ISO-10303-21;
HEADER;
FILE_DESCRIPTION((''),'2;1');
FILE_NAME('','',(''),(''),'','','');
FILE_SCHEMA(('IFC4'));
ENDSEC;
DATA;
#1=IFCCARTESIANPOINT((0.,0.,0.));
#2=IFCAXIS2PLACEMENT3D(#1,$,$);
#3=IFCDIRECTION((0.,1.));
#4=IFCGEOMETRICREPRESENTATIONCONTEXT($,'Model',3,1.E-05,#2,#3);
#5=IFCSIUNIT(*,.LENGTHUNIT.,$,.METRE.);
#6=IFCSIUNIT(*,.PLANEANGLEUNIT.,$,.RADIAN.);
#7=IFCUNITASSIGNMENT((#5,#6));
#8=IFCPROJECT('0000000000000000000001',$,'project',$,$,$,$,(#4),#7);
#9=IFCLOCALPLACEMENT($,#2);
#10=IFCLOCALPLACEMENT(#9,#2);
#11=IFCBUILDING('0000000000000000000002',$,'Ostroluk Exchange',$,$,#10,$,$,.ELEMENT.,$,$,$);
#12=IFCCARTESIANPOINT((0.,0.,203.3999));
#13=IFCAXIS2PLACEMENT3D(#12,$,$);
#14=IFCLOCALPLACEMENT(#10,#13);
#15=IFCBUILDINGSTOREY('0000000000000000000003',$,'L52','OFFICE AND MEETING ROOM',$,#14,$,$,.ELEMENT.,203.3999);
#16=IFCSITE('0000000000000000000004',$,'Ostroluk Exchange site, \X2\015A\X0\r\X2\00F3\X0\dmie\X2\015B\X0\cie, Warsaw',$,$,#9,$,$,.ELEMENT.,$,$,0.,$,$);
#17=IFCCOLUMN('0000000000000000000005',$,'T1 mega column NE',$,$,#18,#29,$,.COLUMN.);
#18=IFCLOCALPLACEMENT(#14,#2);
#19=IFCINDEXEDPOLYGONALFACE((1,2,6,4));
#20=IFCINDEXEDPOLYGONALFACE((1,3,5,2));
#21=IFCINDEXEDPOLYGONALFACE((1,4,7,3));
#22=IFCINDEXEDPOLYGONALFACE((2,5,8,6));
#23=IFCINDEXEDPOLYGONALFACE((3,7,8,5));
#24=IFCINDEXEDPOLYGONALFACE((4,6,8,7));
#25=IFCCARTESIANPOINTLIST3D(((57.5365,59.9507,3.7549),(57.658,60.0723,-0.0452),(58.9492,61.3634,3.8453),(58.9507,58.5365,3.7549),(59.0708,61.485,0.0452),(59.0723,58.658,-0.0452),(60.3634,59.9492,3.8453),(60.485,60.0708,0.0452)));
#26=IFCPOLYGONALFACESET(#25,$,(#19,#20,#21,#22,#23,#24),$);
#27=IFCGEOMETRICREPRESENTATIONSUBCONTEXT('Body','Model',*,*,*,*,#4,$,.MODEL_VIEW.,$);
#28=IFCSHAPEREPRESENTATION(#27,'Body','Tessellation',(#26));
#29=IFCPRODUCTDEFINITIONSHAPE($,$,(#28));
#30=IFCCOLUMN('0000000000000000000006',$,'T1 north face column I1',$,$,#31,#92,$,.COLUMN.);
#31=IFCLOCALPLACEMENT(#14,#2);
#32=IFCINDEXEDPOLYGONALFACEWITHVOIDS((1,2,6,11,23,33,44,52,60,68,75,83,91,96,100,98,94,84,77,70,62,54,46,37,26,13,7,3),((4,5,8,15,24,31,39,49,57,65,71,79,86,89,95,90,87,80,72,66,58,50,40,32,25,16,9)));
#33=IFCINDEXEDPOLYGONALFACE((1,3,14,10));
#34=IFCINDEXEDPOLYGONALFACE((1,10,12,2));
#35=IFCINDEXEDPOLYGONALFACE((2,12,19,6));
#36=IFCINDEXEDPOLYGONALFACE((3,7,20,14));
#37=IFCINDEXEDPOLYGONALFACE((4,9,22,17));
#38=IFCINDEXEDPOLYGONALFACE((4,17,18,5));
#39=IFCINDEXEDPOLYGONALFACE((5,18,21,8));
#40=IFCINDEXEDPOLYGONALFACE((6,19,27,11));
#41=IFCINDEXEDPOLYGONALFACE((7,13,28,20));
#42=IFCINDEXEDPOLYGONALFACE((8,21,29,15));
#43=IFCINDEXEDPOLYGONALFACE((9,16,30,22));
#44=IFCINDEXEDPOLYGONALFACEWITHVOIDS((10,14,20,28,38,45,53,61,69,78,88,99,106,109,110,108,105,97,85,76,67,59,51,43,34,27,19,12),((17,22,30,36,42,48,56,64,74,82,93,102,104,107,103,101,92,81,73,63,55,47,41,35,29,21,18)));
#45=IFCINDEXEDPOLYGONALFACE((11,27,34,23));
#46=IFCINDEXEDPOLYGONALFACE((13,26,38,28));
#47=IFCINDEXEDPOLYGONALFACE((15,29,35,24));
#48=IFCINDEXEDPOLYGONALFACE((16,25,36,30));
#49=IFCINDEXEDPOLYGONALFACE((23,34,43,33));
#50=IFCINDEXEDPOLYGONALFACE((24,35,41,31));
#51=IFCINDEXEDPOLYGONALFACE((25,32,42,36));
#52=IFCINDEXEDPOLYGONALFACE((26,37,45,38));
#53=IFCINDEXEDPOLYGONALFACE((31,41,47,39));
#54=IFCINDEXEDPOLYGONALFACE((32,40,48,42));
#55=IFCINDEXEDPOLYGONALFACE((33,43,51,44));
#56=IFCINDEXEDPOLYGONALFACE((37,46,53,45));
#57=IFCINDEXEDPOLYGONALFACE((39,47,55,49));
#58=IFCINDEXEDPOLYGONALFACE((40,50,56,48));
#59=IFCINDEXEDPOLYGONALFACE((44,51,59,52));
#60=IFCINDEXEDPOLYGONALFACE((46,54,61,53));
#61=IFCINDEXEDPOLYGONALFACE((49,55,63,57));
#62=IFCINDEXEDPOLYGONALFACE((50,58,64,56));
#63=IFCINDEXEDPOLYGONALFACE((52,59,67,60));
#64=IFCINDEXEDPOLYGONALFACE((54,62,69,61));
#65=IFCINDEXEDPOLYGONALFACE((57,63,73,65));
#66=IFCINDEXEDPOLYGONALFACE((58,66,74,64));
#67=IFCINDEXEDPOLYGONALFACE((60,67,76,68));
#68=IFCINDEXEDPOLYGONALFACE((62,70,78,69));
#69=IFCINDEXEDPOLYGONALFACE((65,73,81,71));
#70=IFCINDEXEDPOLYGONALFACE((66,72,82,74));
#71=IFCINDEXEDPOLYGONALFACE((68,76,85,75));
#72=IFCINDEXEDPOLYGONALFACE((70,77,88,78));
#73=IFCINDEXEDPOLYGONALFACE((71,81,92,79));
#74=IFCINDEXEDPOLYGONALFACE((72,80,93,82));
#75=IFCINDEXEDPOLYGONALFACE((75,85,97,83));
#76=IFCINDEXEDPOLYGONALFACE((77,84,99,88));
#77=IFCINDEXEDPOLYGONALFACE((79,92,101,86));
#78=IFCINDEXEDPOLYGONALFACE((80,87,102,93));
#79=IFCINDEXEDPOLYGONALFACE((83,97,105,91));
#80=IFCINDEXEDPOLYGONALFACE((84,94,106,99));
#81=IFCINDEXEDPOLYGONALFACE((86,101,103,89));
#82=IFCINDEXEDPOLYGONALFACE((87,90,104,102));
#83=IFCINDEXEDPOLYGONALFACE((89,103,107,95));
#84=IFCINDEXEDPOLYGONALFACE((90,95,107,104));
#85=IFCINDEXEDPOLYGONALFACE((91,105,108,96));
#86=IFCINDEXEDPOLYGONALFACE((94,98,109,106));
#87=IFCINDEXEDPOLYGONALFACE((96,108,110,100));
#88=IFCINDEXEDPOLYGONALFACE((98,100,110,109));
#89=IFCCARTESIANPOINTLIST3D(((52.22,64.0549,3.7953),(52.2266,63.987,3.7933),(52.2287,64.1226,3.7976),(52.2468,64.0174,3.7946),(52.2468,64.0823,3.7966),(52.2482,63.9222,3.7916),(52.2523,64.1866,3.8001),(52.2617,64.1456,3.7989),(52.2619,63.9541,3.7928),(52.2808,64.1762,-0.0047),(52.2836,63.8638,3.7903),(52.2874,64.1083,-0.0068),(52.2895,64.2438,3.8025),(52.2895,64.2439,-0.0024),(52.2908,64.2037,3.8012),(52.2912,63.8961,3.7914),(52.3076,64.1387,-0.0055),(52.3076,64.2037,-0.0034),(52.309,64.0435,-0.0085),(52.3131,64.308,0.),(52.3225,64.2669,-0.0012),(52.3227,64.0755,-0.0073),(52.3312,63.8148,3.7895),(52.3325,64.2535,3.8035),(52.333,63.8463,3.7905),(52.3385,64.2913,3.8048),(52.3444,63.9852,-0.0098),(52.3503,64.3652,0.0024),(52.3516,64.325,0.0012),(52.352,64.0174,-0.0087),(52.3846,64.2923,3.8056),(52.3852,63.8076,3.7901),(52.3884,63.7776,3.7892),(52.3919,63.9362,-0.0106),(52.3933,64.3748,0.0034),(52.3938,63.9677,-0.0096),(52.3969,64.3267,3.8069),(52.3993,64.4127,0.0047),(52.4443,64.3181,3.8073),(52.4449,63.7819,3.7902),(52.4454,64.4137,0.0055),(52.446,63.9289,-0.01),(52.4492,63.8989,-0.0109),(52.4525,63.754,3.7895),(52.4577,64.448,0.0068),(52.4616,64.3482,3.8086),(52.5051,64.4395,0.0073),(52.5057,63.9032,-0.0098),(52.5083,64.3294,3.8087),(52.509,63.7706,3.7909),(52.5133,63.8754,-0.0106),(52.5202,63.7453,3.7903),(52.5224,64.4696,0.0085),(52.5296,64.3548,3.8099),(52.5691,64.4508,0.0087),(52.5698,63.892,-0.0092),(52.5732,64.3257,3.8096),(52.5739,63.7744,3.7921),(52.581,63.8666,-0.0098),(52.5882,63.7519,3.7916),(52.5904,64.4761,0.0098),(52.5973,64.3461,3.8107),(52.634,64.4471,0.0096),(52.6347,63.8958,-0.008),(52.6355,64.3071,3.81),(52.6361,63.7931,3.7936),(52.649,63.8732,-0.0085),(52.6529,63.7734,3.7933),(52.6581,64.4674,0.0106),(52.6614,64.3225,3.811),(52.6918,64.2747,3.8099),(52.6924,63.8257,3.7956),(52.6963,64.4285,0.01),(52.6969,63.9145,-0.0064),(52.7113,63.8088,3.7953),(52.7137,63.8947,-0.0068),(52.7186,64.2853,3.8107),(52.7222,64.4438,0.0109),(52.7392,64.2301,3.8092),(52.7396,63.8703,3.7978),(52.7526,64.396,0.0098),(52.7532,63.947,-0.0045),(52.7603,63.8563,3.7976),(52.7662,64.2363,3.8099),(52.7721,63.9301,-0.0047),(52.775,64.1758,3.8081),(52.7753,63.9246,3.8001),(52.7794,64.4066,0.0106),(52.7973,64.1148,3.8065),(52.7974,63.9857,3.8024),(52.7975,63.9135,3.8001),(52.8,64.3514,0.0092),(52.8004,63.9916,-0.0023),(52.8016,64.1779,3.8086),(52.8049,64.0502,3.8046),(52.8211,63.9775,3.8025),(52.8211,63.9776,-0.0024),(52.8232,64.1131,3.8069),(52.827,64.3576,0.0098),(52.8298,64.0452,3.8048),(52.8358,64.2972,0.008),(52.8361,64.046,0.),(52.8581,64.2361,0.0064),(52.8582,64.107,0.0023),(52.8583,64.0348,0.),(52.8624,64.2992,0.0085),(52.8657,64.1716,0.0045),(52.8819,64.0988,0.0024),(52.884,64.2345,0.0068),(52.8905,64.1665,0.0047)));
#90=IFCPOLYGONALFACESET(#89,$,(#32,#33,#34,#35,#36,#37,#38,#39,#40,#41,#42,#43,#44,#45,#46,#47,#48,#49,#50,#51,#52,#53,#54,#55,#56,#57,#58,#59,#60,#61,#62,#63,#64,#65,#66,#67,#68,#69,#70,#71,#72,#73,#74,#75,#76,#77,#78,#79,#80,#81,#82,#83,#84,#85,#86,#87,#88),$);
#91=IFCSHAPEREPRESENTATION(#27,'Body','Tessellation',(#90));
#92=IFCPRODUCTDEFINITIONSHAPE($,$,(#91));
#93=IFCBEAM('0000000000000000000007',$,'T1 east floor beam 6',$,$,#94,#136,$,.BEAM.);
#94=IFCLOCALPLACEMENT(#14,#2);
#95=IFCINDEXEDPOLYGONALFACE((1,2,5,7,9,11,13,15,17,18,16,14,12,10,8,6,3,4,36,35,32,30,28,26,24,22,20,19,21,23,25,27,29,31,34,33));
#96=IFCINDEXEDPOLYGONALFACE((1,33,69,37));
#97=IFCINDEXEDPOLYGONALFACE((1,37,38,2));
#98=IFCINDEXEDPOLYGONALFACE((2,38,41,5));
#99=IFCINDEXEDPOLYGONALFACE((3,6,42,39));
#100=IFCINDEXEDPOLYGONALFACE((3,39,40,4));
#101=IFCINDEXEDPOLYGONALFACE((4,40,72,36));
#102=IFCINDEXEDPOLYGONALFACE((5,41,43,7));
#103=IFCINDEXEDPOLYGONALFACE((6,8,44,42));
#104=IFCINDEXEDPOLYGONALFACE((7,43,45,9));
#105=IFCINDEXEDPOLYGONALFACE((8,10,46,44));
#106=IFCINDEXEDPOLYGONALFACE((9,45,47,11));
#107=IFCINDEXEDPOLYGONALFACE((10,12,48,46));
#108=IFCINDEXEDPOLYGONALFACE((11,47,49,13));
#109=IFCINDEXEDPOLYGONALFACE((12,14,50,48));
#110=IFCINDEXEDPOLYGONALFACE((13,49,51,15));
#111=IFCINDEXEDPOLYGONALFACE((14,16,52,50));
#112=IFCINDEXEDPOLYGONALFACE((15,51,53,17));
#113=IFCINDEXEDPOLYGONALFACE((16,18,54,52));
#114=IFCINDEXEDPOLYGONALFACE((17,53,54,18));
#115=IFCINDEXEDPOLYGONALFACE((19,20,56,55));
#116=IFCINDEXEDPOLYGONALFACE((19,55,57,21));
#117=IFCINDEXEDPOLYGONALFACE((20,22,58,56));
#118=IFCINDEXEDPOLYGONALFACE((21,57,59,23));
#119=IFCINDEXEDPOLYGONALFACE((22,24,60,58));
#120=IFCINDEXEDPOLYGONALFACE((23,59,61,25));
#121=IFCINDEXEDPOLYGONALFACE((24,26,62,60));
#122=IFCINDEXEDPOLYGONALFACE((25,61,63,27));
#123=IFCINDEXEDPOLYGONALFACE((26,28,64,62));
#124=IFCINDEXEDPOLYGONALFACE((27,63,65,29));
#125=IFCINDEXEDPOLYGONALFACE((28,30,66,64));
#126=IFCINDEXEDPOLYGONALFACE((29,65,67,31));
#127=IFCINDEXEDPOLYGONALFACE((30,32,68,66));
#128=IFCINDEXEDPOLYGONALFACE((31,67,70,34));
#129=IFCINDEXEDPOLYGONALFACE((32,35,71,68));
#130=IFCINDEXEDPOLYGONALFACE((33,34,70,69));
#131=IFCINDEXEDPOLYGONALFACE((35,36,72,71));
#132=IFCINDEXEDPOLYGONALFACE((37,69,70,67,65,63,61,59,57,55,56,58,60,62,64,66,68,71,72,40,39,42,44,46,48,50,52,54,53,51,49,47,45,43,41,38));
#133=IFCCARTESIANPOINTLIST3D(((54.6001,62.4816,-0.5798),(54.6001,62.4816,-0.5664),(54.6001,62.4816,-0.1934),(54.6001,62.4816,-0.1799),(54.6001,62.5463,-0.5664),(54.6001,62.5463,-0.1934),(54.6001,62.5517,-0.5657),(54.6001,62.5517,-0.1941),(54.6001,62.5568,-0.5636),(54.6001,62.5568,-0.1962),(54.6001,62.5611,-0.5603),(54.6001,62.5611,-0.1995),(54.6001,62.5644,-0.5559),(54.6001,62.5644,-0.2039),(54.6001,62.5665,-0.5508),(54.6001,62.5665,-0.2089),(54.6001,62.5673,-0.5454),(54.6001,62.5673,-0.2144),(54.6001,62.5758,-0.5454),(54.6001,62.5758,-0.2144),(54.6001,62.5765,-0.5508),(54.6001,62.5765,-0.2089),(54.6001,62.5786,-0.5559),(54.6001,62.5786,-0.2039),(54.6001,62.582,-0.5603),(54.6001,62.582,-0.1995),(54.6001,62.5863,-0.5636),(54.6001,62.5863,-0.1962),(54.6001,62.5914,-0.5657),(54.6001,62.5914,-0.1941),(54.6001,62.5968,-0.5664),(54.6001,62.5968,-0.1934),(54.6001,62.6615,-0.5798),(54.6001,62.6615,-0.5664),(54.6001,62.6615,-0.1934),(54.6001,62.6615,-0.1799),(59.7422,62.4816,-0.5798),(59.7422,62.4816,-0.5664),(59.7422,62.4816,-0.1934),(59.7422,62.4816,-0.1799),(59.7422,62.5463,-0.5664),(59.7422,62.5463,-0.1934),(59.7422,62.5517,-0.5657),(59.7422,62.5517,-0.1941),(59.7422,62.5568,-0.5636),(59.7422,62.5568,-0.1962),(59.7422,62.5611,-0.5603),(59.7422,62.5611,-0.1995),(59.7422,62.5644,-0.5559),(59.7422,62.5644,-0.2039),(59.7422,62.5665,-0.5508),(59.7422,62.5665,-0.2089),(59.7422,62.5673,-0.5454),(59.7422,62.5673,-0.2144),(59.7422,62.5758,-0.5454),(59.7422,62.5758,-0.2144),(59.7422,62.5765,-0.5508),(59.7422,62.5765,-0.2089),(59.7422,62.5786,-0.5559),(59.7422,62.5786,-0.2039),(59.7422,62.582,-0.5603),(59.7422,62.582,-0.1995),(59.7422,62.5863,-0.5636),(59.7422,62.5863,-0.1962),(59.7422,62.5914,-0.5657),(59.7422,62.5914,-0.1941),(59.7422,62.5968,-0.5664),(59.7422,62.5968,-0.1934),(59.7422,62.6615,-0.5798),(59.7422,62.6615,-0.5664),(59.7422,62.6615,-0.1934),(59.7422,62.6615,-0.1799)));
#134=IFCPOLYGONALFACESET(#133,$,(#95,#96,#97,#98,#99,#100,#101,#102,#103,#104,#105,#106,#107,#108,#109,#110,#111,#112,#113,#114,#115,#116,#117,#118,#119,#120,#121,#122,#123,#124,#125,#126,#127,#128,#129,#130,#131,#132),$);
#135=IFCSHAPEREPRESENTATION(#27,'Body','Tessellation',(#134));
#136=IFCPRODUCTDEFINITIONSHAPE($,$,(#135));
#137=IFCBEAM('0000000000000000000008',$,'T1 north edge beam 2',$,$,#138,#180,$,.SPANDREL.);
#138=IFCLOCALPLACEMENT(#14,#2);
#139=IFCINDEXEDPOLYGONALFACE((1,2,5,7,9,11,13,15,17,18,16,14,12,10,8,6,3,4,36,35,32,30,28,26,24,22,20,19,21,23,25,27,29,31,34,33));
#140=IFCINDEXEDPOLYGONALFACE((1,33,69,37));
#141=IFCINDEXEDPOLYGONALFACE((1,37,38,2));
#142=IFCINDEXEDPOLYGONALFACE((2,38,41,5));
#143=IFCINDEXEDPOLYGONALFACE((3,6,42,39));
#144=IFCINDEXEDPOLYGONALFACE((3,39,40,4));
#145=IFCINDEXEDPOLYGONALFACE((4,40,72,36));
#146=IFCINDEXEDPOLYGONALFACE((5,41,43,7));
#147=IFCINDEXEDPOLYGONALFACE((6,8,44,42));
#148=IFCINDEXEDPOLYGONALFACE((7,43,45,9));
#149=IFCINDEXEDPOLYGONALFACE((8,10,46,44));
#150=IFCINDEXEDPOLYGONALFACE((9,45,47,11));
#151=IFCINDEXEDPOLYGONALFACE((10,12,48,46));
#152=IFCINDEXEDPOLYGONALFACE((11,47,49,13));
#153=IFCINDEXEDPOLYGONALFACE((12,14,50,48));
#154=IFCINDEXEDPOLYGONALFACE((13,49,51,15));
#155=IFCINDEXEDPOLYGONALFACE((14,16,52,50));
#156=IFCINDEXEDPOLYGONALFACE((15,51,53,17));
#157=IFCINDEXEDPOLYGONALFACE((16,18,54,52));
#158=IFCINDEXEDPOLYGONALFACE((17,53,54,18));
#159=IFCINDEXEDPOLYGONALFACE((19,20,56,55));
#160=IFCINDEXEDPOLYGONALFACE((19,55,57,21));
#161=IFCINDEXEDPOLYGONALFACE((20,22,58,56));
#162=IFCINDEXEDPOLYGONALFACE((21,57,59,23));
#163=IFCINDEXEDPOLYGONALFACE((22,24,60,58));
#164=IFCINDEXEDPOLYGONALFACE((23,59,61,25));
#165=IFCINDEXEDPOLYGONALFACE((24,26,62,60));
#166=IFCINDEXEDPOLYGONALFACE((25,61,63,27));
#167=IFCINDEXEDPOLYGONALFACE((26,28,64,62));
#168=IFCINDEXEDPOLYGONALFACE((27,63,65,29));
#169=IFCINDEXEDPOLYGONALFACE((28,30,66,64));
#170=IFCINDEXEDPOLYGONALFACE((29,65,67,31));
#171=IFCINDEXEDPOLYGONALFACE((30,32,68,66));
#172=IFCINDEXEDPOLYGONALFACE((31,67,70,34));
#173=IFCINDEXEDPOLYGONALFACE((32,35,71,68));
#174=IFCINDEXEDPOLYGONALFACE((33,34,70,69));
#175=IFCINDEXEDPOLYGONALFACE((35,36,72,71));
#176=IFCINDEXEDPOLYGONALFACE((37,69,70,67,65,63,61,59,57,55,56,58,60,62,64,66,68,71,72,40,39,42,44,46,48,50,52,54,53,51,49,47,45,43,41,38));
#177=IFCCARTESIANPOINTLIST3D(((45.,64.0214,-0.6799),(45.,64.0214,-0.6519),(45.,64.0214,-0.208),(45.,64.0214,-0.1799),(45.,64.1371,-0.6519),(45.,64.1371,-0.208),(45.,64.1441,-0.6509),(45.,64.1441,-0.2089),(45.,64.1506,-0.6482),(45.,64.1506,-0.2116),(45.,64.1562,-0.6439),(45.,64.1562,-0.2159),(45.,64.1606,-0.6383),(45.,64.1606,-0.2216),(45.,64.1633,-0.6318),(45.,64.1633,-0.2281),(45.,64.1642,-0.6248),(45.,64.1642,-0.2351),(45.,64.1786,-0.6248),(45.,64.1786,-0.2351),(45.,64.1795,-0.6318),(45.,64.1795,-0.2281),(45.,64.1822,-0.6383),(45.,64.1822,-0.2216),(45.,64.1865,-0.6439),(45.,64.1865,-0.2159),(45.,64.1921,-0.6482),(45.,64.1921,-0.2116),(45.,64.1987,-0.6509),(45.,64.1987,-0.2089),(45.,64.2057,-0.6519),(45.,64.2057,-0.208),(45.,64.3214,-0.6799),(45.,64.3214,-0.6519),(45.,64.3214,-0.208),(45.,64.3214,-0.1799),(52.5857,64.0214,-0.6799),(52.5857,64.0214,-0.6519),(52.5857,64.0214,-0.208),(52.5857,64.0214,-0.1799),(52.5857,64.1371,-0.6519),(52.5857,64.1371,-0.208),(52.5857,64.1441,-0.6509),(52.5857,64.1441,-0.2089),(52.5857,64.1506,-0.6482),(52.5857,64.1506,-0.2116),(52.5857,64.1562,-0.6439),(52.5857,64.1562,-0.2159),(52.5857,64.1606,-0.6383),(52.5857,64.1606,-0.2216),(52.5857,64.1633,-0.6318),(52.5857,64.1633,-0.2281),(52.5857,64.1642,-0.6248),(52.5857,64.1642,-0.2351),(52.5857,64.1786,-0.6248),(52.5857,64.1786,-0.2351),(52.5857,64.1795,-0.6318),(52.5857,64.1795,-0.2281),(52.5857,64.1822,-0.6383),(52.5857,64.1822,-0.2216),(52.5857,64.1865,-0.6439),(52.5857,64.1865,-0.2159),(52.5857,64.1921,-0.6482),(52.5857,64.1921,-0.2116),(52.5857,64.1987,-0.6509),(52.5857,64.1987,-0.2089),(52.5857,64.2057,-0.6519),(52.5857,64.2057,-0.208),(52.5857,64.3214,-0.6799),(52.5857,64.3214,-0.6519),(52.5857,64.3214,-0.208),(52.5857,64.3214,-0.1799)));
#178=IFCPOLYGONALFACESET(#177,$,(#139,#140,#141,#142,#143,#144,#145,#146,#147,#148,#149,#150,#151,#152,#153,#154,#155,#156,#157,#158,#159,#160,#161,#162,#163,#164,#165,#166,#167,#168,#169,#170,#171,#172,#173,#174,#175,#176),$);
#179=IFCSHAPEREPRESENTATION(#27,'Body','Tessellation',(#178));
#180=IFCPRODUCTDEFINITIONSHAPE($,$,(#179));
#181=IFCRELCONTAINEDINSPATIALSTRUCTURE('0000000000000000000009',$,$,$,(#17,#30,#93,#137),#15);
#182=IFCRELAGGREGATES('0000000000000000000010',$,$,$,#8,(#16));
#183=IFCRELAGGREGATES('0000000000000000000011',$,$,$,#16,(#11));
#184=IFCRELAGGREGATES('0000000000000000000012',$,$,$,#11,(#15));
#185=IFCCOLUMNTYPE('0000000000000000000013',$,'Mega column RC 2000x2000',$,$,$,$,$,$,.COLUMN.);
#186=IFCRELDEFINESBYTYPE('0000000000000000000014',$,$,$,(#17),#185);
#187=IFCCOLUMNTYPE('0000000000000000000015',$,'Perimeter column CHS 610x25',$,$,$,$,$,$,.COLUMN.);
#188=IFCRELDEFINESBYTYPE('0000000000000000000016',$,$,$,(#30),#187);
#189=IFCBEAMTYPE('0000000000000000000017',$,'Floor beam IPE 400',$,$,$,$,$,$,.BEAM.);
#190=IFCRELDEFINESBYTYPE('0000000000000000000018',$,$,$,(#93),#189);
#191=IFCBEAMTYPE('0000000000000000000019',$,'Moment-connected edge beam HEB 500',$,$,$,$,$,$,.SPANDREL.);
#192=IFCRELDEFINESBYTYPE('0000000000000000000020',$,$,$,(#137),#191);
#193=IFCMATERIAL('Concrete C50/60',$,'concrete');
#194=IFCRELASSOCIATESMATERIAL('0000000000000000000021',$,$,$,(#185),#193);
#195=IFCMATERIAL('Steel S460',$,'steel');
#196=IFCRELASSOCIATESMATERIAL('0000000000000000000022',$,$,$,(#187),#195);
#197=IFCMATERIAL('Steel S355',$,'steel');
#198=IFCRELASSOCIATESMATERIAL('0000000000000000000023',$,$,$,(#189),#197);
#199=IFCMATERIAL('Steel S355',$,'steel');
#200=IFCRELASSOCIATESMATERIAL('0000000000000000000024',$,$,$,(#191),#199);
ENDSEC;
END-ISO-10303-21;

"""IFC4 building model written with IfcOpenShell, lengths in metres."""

from ifc_helpers import new_model, si_unit, direction, frame, origin, origin_2d, place, context, subcontext, project, spatial, rectangle, hollow_circle, i_section, extrude, material, material_profile, profile_set, type_object, element, save


model = new_model("IFC4")

# Units and contexts
model_context = context("Model", 3, precision=1e-05, world=origin(), true_north=direction((0.0, 1.0)))
body_context = subcontext(model_context, "Body", "Model", "MODEL_VIEW")
ifc_project = project(units=[si_unit("LENGTHUNIT", "METRE"), si_unit("PLANEANGLEUNIT", "RADIAN")], contexts=[model_context])

# Site, building, storey
site_placement = place(None, origin())
site = spatial("IfcSite", under=ifc_project, at=site_placement, Name="Ostroluk Exchange site, Śródmieście, Warsaw", CompositionType="ELEMENT", RefElevation=0.0)
building_placement = place(site_placement, origin())
building = spatial("IfcBuilding", under=site, at=building_placement, Name="Ostroluk Exchange", CompositionType="ELEMENT")
storey_placement = place(building_placement, frame((0.0, 0.0, 203.3999)))
storey = spatial("IfcBuildingStorey", under=building, at=storey_placement, Name="L52", Description="OFFICE AND MEETING ROOM", CompositionType="ELEMENT", Elevation=203.3999)

# Columns
ifc_material_1 = material(Name="Concrete C50/60", Category="concrete")
ifc_material_profile_1 = material_profile(ifc_material_1, rectangle(XDim=2.0, YDim=2.0, at=origin_2d()), Name="RC 2000x2000")
ifc_profile_set_1 = profile_set([ifc_material_profile_1], Name="Concrete C50/60")
column_type_1 = type_object("IfcColumnType", Name="Mega column RC 2000x2000", PredefinedType="COLUMN", material=ifc_profile_set_1)
column_1_placement = place(storey_placement, frame((59.0715, 60.0715, 0.0), z_axis=(-0.031962, -0.031962, 0.998978), x_axis=(0.707107, -0.707107, 0.0)))
element("IfcColumn", 1, at=column_1_placement, inside=storey, type_object=column_type_1, Name="T1 mega column NE", PredefinedType="COLUMN", context=body_context, shape_type="SweptSolid", body=[
    extrude(rectangle(XDim=2.0, YDim=2.0, at=origin_2d()), origin(), (0.0, 0.0, 1.0), 3.804),
])
ifc_material_2 = material(Name="Steel S460", Category="steel")
ifc_material_profile_2 = material_profile(ifc_material_2, hollow_circle(Radius=0.3049, WallThickness=0.0249, at=origin_2d()), Name="CHS 610x25")
ifc_profile_set_2 = profile_set([ifc_material_profile_2], Name="Steel S460")
column_type_2 = type_object("IfcColumnType", Name="Perimeter column CHS 610x25", PredefinedType="COLUMN", material=ifc_profile_set_2)
column_2_placement = place(storey_placement, frame((52.5857, 64.1714, 0.0), z_axis=(-0.015987, -0.03191, 0.999363), x_axis=(0.894067, -0.447933, 0.0)))
element("IfcColumn", 2, at=column_2_placement, inside=storey, type_object=column_type_2, Name="T1 north face column I1", PredefinedType="COLUMN", context=body_context, shape_type="SweptSolid", body=[
    extrude(hollow_circle(Radius=0.3049, WallThickness=0.0249, at=origin_2d()), origin(), (0.0, 0.0, 1.0), 3.8025),
])

# Beams
ifc_material_3 = material(Name="Steel S355", Category="steel")
ifc_material_profile_3 = material_profile(ifc_material_3, i_section(OverallWidth=0.1799, OverallDepth=0.3999, WebThickness=0.0085, FlangeThickness=0.0134, FilletRadius=0.021, at=origin_2d()), Name="IPE 400")
ifc_profile_set_3 = profile_set([ifc_material_profile_3], Name="Steel S355")
beam_type_1 = type_object("IfcBeamType", Name="Floor beam IPE 400", PredefinedType="BEAM", material=ifc_profile_set_3)
beam_1_placement = place(storey_placement, frame((54.6001, 62.5715, -0.3799), z_axis=(1.0, 0.0, 0.0), x_axis=(0.0, 1.0, 0.0)))
element("IfcBeam", 3, at=beam_1_placement, inside=storey, type_object=beam_type_1, Name="T1 east floor beam 6", PredefinedType="BEAM", context=body_context, shape_type="SweptSolid", body=[
    extrude(i_section(OverallWidth=0.1799, OverallDepth=0.3999, WebThickness=0.0085, FlangeThickness=0.0134, FilletRadius=0.021, at=origin_2d()), origin(), (0.0, 0.0, 1.0), 5.1421),
])
ifc_material_4 = material(Name="Steel S355", Category="steel")
ifc_material_profile_4 = material_profile(ifc_material_4, i_section(OverallWidth=0.3, OverallDepth=0.5, WebThickness=0.0144, FlangeThickness=0.0281, FilletRadius=0.0271, at=origin_2d()), Name="HEB 500")
ifc_profile_set_4 = profile_set([ifc_material_profile_4], Name="Steel S355")
beam_type_2 = type_object("IfcBeamType", Name="Moment-connected edge beam HEB 500", PredefinedType="SPANDREL", material=ifc_profile_set_4)
beam_2_placement = place(storey_placement, frame((52.5857, 64.1714, -0.4299), z_axis=(-1.0, 0.0, 0.0), x_axis=(0.0, -1.0, 0.0)))
element("IfcBeam", 4, at=beam_2_placement, inside=storey, type_object=beam_type_2, Name="T1 north edge beam 2", PredefinedType="SPANDREL", context=body_context, shape_type="SweptSolid", body=[
    extrude(i_section(OverallWidth=0.3, OverallDepth=0.5, WebThickness=0.0144, FlangeThickness=0.0281, FilletRadius=0.0271, at=origin_2d()), origin(), (0.0, 0.0, 1.0), 7.5857),
])

save(model, "model.ifc")
